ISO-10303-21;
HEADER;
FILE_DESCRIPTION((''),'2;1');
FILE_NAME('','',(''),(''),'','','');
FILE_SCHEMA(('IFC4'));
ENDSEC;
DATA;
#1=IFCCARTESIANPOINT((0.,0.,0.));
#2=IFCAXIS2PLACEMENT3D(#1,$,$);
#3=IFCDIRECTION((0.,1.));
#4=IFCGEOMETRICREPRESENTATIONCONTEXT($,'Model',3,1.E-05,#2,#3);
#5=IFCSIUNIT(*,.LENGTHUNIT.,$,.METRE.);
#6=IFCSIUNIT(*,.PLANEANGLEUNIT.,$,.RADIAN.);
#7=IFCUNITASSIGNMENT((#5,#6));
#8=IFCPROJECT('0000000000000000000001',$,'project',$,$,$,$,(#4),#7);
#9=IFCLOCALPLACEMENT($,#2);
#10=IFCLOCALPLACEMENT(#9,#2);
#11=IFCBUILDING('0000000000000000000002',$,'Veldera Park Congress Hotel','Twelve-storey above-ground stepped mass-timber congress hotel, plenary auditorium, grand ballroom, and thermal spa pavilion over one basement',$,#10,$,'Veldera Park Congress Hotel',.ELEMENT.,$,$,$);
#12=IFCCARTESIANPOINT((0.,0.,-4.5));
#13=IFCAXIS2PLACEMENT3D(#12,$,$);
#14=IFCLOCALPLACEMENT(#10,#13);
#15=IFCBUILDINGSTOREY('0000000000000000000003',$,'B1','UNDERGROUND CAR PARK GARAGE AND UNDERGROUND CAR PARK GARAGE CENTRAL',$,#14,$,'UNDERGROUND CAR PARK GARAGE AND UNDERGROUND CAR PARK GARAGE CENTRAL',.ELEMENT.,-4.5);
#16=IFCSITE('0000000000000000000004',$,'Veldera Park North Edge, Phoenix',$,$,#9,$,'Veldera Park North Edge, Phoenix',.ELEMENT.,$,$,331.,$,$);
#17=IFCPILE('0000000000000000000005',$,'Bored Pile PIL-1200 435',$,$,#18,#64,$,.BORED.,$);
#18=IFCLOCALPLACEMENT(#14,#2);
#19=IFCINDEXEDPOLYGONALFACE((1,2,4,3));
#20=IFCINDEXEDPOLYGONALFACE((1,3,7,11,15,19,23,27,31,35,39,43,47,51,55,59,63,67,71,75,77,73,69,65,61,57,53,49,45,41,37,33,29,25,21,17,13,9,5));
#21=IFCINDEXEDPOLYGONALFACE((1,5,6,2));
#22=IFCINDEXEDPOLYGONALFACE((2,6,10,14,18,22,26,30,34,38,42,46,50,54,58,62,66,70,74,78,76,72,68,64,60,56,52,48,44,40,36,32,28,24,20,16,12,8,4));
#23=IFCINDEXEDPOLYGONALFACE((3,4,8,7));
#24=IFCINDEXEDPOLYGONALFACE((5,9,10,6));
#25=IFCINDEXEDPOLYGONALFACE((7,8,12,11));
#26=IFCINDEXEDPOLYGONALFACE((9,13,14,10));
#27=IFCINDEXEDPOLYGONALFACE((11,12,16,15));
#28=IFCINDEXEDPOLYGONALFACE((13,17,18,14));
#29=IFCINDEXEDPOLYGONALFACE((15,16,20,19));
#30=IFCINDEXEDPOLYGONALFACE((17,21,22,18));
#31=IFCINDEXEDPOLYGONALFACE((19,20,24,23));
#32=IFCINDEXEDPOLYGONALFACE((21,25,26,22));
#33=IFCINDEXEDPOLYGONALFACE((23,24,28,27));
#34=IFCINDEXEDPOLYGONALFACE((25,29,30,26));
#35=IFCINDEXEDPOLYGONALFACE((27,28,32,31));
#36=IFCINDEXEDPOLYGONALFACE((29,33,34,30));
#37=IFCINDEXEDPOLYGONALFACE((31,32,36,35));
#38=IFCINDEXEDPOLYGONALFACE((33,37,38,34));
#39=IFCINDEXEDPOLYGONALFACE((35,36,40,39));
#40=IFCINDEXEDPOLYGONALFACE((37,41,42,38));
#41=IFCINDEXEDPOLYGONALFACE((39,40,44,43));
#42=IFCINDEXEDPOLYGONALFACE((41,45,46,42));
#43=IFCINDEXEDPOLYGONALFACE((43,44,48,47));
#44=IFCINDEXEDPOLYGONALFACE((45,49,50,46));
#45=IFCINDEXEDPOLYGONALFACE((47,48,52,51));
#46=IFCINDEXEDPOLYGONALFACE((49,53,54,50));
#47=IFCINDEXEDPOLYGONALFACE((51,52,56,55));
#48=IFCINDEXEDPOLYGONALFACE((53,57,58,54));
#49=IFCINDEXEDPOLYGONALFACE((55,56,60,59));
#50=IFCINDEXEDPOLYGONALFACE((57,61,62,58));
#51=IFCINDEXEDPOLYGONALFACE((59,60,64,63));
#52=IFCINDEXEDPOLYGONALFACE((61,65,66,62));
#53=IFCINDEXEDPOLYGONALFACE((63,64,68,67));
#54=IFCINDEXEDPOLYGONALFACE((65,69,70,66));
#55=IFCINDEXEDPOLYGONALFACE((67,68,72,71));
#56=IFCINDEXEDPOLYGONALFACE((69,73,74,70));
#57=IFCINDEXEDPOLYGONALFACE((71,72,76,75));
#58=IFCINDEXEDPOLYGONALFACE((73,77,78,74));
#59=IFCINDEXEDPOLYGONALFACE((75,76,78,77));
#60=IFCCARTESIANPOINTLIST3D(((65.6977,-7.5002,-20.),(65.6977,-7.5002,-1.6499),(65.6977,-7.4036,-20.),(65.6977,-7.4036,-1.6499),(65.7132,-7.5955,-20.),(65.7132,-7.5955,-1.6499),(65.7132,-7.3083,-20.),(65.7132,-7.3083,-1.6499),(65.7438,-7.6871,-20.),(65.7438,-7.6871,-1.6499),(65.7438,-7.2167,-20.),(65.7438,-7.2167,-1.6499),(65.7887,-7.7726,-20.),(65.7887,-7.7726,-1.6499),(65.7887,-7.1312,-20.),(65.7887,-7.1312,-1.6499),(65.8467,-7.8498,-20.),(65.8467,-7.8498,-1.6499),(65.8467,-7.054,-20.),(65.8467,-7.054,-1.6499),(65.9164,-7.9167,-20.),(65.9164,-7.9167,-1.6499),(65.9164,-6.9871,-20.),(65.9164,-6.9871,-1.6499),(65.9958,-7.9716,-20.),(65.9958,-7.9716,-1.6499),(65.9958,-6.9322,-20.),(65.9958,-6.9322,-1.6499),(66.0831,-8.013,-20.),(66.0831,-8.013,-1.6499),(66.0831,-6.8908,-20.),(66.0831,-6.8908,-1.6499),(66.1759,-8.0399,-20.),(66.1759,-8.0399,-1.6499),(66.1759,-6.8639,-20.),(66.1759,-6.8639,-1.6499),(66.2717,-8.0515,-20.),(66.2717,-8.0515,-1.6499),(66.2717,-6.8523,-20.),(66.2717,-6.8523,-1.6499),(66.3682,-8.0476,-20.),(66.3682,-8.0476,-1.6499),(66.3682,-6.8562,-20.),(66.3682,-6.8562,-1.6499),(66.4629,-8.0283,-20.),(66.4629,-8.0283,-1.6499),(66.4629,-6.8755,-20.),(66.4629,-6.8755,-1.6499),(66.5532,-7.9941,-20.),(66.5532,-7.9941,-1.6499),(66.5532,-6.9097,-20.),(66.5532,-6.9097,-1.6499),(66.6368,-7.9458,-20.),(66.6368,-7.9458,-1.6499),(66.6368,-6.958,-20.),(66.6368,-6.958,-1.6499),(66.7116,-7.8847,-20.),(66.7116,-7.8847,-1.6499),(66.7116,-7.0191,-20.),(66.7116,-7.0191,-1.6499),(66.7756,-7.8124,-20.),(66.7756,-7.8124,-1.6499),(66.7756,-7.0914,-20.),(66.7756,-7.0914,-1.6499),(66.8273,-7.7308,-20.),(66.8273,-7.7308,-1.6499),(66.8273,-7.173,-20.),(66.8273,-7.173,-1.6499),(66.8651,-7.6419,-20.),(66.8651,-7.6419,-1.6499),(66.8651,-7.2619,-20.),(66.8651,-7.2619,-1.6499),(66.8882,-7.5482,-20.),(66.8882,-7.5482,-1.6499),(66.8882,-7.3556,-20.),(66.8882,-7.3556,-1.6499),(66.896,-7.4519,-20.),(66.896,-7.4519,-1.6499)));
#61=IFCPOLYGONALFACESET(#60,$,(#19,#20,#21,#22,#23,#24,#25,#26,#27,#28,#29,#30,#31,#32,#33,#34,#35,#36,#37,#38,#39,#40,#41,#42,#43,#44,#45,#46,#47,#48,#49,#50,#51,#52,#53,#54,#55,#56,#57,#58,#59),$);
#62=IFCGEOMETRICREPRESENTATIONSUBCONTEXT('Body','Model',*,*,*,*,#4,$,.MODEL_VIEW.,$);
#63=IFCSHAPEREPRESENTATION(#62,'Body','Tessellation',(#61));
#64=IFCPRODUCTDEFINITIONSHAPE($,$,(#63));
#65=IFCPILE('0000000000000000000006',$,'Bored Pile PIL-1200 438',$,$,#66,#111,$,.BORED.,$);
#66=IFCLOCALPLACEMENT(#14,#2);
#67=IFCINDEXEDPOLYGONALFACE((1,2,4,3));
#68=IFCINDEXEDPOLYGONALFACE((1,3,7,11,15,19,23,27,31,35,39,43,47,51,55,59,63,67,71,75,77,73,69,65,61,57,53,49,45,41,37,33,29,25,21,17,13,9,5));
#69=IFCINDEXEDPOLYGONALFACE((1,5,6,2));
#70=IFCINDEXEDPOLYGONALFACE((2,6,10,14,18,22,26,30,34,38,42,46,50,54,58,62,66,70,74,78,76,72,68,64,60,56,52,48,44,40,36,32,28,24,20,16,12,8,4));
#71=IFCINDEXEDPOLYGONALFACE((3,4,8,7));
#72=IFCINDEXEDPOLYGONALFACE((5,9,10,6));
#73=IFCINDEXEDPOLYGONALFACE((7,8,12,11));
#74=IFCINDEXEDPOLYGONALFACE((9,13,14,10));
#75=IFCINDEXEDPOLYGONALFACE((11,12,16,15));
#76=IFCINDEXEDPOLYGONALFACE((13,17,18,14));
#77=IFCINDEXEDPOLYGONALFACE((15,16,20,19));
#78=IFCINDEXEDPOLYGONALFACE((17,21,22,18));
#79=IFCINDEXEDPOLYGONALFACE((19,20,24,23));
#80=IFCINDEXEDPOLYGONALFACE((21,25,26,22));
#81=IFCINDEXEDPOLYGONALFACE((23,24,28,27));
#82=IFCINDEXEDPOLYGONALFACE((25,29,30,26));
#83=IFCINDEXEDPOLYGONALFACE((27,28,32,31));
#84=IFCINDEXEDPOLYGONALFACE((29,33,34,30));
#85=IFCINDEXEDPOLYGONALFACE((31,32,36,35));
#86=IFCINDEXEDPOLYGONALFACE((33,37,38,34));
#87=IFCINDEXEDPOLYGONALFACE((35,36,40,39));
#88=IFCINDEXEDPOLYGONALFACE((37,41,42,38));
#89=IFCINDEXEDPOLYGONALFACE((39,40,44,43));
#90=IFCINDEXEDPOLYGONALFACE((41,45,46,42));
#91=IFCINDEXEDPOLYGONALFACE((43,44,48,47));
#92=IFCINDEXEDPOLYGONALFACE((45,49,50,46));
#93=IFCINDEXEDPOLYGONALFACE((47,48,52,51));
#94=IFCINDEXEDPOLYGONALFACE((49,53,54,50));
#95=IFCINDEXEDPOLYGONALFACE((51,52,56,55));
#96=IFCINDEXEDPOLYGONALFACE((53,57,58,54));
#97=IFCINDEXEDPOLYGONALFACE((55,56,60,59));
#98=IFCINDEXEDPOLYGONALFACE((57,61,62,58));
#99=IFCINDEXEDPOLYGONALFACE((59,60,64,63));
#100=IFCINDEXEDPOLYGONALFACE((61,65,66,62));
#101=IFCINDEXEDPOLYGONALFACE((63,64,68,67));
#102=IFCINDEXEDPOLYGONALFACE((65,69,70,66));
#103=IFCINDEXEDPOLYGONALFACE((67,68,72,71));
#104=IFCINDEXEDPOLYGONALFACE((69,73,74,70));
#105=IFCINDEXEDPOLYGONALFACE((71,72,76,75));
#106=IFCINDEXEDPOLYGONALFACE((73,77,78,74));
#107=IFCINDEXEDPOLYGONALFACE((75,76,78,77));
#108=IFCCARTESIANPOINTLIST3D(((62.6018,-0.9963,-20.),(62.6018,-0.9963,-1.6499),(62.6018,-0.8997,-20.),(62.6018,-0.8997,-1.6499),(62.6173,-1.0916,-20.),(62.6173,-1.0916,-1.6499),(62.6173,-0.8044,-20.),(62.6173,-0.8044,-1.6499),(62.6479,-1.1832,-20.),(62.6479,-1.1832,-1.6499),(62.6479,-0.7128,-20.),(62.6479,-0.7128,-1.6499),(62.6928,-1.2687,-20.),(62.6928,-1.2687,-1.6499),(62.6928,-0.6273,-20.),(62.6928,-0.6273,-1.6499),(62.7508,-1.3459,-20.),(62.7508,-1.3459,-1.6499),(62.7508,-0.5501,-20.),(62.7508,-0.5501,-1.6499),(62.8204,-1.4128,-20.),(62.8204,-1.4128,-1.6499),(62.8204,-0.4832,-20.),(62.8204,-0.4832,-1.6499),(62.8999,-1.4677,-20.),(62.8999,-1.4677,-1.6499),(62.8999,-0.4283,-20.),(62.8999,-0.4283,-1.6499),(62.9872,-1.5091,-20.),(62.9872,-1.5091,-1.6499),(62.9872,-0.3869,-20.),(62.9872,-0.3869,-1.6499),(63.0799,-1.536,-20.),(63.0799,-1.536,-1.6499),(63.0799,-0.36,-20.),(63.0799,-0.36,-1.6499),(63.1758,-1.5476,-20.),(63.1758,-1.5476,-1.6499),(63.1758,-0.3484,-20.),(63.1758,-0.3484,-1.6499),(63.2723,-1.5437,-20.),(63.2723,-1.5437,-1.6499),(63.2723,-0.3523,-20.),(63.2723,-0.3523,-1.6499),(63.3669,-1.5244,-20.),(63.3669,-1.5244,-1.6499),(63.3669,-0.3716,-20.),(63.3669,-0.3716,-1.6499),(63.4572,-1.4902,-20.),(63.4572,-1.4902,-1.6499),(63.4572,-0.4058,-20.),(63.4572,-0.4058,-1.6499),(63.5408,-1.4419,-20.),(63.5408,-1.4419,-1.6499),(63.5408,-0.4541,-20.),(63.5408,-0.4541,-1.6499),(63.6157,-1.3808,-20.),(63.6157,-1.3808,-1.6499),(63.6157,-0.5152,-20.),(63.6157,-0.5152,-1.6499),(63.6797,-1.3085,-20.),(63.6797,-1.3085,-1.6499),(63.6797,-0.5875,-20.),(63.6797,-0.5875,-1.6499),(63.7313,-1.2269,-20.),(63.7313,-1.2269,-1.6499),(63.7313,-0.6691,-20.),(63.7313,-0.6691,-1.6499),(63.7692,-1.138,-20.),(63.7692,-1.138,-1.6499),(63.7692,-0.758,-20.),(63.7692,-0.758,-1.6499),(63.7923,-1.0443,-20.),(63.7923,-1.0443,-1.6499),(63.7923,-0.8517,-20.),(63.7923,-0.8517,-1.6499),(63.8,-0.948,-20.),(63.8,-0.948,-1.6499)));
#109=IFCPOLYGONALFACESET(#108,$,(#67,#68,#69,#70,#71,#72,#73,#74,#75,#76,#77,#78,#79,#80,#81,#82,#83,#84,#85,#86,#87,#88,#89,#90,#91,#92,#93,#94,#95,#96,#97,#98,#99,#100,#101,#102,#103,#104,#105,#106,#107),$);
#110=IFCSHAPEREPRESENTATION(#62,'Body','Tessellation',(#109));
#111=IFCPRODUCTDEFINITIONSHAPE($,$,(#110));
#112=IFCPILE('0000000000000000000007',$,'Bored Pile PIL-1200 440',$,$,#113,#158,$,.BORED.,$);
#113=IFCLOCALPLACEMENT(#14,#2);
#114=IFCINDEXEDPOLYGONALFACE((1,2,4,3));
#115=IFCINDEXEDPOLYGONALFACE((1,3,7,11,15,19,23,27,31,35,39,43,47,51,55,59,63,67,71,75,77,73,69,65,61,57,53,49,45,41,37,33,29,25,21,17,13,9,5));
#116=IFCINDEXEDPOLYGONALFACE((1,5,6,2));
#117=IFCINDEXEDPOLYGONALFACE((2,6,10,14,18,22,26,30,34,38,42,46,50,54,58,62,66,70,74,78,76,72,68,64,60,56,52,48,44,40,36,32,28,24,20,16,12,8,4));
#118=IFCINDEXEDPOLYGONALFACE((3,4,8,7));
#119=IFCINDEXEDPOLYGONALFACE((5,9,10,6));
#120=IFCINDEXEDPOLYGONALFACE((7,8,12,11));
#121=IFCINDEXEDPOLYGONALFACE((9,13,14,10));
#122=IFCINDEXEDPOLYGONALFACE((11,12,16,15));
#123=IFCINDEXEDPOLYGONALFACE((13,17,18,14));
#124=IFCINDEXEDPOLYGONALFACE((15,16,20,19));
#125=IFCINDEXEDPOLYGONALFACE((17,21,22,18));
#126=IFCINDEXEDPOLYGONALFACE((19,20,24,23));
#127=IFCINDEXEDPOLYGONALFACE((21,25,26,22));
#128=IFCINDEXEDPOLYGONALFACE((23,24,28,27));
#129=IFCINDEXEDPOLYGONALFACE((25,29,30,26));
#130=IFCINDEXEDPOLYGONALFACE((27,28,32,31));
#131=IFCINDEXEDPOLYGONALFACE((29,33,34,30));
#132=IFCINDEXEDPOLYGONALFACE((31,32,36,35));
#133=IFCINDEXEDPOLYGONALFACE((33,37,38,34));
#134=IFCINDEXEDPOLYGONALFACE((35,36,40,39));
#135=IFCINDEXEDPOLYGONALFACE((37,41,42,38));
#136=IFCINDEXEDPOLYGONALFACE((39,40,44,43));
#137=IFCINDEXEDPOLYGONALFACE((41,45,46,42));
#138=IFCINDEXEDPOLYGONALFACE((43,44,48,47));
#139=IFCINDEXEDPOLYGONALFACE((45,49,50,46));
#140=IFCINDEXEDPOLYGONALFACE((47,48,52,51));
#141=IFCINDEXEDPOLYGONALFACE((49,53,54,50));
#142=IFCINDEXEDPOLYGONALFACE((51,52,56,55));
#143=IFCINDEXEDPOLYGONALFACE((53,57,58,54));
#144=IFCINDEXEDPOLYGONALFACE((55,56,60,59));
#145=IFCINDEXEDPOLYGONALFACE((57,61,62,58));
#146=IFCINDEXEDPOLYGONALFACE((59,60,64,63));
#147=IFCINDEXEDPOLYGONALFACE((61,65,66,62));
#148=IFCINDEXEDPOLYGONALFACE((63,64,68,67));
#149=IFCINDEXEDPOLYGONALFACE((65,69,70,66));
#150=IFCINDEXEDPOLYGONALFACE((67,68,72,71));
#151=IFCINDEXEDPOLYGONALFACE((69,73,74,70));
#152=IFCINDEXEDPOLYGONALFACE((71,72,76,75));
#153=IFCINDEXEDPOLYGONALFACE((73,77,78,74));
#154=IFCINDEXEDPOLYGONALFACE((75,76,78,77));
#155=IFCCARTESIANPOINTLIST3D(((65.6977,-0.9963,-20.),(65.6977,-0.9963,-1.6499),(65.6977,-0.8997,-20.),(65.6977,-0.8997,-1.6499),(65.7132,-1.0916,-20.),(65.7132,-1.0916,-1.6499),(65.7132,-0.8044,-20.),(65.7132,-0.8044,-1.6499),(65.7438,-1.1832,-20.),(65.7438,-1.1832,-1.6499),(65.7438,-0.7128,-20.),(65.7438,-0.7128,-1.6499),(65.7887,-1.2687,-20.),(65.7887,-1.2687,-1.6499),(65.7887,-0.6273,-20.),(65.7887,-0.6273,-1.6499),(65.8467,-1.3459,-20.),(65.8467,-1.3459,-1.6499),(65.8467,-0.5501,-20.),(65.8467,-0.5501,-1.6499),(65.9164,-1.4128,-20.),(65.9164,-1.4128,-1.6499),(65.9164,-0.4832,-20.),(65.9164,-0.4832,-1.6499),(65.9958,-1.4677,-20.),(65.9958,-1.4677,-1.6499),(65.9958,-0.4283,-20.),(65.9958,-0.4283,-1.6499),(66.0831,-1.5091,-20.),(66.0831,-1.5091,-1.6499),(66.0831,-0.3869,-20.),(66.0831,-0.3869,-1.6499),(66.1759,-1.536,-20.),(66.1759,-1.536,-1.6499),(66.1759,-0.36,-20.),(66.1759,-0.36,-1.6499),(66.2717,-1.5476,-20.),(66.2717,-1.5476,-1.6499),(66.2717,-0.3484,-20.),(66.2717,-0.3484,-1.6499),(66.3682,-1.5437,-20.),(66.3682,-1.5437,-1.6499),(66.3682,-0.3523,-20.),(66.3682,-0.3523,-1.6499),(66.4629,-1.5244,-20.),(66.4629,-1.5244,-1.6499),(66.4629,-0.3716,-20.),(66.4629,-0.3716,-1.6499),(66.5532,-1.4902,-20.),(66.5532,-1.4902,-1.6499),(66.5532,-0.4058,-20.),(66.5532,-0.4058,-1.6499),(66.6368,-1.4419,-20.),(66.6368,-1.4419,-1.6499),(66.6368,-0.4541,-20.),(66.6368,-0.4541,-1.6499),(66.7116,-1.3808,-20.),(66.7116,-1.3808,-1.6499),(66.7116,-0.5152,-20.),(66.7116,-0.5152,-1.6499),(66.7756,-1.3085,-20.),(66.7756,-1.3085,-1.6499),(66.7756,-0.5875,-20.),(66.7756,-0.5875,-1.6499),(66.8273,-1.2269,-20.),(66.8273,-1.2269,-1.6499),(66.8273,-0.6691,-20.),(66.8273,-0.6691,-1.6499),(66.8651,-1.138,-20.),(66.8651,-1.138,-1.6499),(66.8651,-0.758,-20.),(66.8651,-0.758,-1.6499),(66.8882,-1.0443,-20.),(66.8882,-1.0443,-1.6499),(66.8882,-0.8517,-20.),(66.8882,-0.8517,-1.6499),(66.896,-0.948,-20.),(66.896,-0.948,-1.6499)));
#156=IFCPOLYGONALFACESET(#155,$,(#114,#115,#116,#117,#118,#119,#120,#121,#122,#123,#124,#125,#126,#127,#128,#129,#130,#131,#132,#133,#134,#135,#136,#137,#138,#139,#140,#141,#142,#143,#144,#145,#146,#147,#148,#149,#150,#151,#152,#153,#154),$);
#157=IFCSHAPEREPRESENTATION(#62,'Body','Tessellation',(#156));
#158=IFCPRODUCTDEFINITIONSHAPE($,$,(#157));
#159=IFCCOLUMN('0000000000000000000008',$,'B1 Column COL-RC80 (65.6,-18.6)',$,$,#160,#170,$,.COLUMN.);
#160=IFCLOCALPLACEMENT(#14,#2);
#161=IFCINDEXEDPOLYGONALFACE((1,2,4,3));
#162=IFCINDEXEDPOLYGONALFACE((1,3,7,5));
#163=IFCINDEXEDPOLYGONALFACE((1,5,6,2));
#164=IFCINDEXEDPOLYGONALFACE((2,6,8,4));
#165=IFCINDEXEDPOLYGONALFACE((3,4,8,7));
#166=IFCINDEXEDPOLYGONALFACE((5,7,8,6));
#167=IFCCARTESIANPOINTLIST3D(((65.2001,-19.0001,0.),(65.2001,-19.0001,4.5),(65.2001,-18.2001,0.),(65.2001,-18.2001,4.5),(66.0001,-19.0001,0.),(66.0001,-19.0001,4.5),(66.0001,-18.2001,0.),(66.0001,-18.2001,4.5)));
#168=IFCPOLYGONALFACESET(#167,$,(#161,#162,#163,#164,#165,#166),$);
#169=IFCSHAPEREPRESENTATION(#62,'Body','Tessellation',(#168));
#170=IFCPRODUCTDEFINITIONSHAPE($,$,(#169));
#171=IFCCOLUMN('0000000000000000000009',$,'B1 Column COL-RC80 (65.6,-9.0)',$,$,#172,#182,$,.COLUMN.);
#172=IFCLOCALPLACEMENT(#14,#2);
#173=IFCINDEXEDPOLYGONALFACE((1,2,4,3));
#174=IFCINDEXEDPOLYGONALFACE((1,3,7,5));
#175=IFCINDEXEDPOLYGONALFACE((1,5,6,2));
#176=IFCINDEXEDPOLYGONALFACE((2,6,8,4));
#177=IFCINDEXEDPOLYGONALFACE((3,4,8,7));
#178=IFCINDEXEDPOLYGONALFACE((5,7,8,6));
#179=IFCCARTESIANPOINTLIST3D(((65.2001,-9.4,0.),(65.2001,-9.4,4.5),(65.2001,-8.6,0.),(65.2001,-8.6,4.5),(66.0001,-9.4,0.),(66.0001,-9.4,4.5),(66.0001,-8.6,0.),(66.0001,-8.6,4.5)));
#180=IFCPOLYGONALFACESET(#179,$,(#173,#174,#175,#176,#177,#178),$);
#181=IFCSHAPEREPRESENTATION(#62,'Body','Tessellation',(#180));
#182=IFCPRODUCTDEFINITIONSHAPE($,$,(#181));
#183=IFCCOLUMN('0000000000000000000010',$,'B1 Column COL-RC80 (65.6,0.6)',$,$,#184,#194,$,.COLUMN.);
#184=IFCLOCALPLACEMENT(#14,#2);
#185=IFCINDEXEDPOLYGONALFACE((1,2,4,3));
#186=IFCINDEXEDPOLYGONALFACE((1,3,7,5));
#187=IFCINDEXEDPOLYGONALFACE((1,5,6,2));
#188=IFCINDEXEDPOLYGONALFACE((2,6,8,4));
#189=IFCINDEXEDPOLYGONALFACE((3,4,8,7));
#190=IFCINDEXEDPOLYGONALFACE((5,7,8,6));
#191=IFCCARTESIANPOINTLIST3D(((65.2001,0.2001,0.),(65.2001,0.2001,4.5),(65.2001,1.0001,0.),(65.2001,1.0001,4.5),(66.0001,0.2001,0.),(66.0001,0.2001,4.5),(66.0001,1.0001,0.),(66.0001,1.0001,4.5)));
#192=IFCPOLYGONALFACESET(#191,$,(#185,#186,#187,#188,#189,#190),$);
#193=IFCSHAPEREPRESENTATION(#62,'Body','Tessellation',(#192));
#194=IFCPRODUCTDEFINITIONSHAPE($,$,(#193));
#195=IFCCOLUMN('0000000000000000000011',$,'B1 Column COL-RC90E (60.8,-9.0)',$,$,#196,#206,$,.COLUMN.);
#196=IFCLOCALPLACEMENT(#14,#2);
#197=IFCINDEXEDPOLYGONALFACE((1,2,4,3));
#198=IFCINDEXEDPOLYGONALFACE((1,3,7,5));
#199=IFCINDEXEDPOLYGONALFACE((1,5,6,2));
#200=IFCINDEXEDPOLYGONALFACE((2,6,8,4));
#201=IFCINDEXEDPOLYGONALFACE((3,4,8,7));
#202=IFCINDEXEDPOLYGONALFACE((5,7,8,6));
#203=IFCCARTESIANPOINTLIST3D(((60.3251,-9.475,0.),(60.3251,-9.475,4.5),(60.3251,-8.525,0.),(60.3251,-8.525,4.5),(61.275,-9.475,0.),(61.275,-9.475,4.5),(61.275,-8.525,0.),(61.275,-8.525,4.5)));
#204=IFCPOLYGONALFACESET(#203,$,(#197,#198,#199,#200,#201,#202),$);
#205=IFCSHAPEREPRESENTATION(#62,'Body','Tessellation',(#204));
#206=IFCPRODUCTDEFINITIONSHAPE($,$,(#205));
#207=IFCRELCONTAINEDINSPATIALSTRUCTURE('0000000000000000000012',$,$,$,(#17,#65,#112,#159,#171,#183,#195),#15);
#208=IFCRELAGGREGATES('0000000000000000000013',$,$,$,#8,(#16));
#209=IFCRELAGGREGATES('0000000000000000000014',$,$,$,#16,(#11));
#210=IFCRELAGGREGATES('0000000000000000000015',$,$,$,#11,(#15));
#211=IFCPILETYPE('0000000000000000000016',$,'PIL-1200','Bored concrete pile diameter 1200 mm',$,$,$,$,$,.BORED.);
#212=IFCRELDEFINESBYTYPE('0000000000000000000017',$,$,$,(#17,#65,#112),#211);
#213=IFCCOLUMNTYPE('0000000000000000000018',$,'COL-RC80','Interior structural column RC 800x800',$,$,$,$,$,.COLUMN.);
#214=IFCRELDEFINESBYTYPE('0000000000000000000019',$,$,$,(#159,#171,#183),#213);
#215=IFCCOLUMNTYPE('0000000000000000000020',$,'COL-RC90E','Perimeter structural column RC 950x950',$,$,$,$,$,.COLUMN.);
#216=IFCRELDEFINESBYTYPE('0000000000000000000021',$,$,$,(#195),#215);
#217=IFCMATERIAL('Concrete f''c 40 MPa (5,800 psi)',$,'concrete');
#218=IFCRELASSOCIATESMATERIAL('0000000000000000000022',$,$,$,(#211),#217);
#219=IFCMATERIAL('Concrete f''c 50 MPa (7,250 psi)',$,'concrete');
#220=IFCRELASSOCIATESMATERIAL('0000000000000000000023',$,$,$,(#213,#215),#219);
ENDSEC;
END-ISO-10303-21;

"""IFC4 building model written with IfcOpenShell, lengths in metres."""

from ifc_helpers import new_model, si_unit, direction, frame, origin, origin_2d, place, context, subcontext, project, spatial, rectangle, circle, extrude, material, material_profile, profile_set, type_object, element, save


model = new_model("IFC4")

# Units and contexts
model_context = context("Model", 3, precision=1e-05, world=origin(), true_north=direction((0.0, 1.0)))
body_context = subcontext(model_context, "Body", "Model", "MODEL_VIEW")
ifc_project = project(units=[si_unit("LENGTHUNIT", "METRE"), si_unit("PLANEANGLEUNIT", "RADIAN")], contexts=[model_context])

# Site, building, storey
site_placement = place(None, origin())
site = spatial("IfcSite", under=ifc_project, at=site_placement, Name="Veldera Park North Edge, Phoenix", LongName="Veldera Park North Edge, Phoenix", CompositionType="ELEMENT", RefElevation=331.0)
building_placement = place(site_placement, origin())
building = spatial("IfcBuilding", under=site, at=building_placement, Name="Veldera Park Congress Hotel", Description="Twelve-storey above-ground stepped mass-timber congress hotel, plenary auditorium, grand ballroom, and thermal spa pavilion over one basement", LongName="Veldera Park Congress Hotel", CompositionType="ELEMENT")
storey_placement = place(building_placement, frame((0.0, 0.0, -4.5)))
storey = spatial("IfcBuildingStorey", under=building, at=storey_placement, Name="B1", Description="UNDERGROUND CAR PARK GARAGE AND UNDERGROUND CAR PARK GARAGE CENTRAL", LongName="UNDERGROUND CAR PARK GARAGE AND UNDERGROUND CAR PARK GARAGE CENTRAL", CompositionType="ELEMENT", Elevation=-4.5)

# Shared definitions
ifc_material_1 = material(Name="Concrete f'c 40 MPa (5,800 psi)", Category="concrete")

# Piles
ifc_material_profile_1 = material_profile(ifc_material_1, circle(Radius=0.6001, at=origin_2d()), Name="PILE D1200")
ifc_profile_set_1 = profile_set([ifc_material_profile_1], Name="Concrete f'c 40 MPa (5,800 psi)")
pile_type = type_object("IfcPileType", Name="PIL-1200", Description="Bored concrete pile diameter 1200 mm", PredefinedType="BORED", material=ifc_profile_set_1)
for number, where, z_axis, x_axis, name in (
    (1, (66.2959, -7.4519, -1.6499), (0.0, 0.0, -1.0), (1.0, 0.0, 0.0), "Bored Pile PIL-1200 435"),
    (2, (63.2, -0.948, -1.6499), (0.0, 0.0, -1.0), (1.0, 0.0, 0.0), "Bored Pile PIL-1200 438"),
    (3, (66.2959, -0.948, -1.6499), (0.0, 0.0, -1.0), (1.0, 0.0, 0.0), "Bored Pile PIL-1200 440"),
):
    element("IfcPile", number, at=place(storey_placement, frame(where, z_axis=z_axis, x_axis=x_axis)), inside=storey, type_object=pile_type, Name=name, PredefinedType="BORED", context=body_context, shape_type="SweptSolid", body=[
        extrude(circle(Radius=0.6001, at=origin_2d()), origin(), (0.0, 0.0, 1.0), 18.3501),
    ])

# Columns
ifc_material_2 = material(Name="Concrete f'c 50 MPa (7,250 psi)", Category="concrete")
ifc_material_profile_2 = material_profile(ifc_material_2, rectangle(XDim=0.8, YDim=0.8, at=origin_2d()), Name="RC 800x800")
ifc_profile_set_2 = profile_set([ifc_material_profile_2], Name="Concrete f'c 50 MPa (7,250 psi)")
column_type_1 = type_object("IfcColumnType", Name="COL-RC80", Description="Interior structural column RC 800x800", PredefinedType="COLUMN", material=ifc_profile_set_2)
for number, where, z_axis, x_axis, name in (
    (4, (65.6001, -18.6001, 0.0), (0.0, 0.0, 1.0), (1.0, 0.0, 0.0), "B1 Column COL-RC80 (65.6,-18.6)"),
    (5, (65.6001, -9.0, 0.0), (0.0, 0.0, 1.0), (1.0, 0.0, 0.0), "B1 Column COL-RC80 (65.6,-9.0)"),
    (6, (65.6001, 0.6001, 0.0), (0.0, 0.0, 1.0), (1.0, 0.0, 0.0), "B1 Column COL-RC80 (65.6,0.6)"),
):
    element("IfcColumn", number, at=place(storey_placement, frame(where, z_axis=z_axis, x_axis=x_axis)), inside=storey, type_object=column_type_1, Name=name, PredefinedType="COLUMN", context=body_context, shape_type="SweptSolid", body=[
        extrude(rectangle(XDim=0.8, YDim=0.8, at=origin_2d()), origin(), (0.0, 0.0, 1.0), 4.5),
    ])
ifc_material_profile_3 = material_profile(ifc_material_2, rectangle(XDim=0.95, YDim=0.95, at=origin_2d()), Name="RC 950x950")
ifc_profile_set_3 = profile_set([ifc_material_profile_3], Name="Concrete f'c 50 MPa (7,250 psi)")
column_type_2 = type_object("IfcColumnType", Name="COL-RC90E", Description="Perimeter structural column RC 950x950", PredefinedType="COLUMN", material=ifc_profile_set_3)
for number, where, z_axis, x_axis, name in (
    (7, (60.8, -9.0, 0.0), (0.0, 0.0, 1.0), (1.0, 0.0, 0.0), "B1 Column COL-RC90E (60.8,-9.0)"),
):
    element("IfcColumn", number, at=place(storey_placement, frame(where, z_axis=z_axis, x_axis=x_axis)), inside=storey, type_object=column_type_2, Name=name, PredefinedType="COLUMN", context=body_context, shape_type="SweptSolid", body=[
        extrude(rectangle(XDim=0.95, YDim=0.95, at=origin_2d()), origin(), (0.0, 0.0, 1.0), 4.5),
    ])

save(model, "model.ifc")
